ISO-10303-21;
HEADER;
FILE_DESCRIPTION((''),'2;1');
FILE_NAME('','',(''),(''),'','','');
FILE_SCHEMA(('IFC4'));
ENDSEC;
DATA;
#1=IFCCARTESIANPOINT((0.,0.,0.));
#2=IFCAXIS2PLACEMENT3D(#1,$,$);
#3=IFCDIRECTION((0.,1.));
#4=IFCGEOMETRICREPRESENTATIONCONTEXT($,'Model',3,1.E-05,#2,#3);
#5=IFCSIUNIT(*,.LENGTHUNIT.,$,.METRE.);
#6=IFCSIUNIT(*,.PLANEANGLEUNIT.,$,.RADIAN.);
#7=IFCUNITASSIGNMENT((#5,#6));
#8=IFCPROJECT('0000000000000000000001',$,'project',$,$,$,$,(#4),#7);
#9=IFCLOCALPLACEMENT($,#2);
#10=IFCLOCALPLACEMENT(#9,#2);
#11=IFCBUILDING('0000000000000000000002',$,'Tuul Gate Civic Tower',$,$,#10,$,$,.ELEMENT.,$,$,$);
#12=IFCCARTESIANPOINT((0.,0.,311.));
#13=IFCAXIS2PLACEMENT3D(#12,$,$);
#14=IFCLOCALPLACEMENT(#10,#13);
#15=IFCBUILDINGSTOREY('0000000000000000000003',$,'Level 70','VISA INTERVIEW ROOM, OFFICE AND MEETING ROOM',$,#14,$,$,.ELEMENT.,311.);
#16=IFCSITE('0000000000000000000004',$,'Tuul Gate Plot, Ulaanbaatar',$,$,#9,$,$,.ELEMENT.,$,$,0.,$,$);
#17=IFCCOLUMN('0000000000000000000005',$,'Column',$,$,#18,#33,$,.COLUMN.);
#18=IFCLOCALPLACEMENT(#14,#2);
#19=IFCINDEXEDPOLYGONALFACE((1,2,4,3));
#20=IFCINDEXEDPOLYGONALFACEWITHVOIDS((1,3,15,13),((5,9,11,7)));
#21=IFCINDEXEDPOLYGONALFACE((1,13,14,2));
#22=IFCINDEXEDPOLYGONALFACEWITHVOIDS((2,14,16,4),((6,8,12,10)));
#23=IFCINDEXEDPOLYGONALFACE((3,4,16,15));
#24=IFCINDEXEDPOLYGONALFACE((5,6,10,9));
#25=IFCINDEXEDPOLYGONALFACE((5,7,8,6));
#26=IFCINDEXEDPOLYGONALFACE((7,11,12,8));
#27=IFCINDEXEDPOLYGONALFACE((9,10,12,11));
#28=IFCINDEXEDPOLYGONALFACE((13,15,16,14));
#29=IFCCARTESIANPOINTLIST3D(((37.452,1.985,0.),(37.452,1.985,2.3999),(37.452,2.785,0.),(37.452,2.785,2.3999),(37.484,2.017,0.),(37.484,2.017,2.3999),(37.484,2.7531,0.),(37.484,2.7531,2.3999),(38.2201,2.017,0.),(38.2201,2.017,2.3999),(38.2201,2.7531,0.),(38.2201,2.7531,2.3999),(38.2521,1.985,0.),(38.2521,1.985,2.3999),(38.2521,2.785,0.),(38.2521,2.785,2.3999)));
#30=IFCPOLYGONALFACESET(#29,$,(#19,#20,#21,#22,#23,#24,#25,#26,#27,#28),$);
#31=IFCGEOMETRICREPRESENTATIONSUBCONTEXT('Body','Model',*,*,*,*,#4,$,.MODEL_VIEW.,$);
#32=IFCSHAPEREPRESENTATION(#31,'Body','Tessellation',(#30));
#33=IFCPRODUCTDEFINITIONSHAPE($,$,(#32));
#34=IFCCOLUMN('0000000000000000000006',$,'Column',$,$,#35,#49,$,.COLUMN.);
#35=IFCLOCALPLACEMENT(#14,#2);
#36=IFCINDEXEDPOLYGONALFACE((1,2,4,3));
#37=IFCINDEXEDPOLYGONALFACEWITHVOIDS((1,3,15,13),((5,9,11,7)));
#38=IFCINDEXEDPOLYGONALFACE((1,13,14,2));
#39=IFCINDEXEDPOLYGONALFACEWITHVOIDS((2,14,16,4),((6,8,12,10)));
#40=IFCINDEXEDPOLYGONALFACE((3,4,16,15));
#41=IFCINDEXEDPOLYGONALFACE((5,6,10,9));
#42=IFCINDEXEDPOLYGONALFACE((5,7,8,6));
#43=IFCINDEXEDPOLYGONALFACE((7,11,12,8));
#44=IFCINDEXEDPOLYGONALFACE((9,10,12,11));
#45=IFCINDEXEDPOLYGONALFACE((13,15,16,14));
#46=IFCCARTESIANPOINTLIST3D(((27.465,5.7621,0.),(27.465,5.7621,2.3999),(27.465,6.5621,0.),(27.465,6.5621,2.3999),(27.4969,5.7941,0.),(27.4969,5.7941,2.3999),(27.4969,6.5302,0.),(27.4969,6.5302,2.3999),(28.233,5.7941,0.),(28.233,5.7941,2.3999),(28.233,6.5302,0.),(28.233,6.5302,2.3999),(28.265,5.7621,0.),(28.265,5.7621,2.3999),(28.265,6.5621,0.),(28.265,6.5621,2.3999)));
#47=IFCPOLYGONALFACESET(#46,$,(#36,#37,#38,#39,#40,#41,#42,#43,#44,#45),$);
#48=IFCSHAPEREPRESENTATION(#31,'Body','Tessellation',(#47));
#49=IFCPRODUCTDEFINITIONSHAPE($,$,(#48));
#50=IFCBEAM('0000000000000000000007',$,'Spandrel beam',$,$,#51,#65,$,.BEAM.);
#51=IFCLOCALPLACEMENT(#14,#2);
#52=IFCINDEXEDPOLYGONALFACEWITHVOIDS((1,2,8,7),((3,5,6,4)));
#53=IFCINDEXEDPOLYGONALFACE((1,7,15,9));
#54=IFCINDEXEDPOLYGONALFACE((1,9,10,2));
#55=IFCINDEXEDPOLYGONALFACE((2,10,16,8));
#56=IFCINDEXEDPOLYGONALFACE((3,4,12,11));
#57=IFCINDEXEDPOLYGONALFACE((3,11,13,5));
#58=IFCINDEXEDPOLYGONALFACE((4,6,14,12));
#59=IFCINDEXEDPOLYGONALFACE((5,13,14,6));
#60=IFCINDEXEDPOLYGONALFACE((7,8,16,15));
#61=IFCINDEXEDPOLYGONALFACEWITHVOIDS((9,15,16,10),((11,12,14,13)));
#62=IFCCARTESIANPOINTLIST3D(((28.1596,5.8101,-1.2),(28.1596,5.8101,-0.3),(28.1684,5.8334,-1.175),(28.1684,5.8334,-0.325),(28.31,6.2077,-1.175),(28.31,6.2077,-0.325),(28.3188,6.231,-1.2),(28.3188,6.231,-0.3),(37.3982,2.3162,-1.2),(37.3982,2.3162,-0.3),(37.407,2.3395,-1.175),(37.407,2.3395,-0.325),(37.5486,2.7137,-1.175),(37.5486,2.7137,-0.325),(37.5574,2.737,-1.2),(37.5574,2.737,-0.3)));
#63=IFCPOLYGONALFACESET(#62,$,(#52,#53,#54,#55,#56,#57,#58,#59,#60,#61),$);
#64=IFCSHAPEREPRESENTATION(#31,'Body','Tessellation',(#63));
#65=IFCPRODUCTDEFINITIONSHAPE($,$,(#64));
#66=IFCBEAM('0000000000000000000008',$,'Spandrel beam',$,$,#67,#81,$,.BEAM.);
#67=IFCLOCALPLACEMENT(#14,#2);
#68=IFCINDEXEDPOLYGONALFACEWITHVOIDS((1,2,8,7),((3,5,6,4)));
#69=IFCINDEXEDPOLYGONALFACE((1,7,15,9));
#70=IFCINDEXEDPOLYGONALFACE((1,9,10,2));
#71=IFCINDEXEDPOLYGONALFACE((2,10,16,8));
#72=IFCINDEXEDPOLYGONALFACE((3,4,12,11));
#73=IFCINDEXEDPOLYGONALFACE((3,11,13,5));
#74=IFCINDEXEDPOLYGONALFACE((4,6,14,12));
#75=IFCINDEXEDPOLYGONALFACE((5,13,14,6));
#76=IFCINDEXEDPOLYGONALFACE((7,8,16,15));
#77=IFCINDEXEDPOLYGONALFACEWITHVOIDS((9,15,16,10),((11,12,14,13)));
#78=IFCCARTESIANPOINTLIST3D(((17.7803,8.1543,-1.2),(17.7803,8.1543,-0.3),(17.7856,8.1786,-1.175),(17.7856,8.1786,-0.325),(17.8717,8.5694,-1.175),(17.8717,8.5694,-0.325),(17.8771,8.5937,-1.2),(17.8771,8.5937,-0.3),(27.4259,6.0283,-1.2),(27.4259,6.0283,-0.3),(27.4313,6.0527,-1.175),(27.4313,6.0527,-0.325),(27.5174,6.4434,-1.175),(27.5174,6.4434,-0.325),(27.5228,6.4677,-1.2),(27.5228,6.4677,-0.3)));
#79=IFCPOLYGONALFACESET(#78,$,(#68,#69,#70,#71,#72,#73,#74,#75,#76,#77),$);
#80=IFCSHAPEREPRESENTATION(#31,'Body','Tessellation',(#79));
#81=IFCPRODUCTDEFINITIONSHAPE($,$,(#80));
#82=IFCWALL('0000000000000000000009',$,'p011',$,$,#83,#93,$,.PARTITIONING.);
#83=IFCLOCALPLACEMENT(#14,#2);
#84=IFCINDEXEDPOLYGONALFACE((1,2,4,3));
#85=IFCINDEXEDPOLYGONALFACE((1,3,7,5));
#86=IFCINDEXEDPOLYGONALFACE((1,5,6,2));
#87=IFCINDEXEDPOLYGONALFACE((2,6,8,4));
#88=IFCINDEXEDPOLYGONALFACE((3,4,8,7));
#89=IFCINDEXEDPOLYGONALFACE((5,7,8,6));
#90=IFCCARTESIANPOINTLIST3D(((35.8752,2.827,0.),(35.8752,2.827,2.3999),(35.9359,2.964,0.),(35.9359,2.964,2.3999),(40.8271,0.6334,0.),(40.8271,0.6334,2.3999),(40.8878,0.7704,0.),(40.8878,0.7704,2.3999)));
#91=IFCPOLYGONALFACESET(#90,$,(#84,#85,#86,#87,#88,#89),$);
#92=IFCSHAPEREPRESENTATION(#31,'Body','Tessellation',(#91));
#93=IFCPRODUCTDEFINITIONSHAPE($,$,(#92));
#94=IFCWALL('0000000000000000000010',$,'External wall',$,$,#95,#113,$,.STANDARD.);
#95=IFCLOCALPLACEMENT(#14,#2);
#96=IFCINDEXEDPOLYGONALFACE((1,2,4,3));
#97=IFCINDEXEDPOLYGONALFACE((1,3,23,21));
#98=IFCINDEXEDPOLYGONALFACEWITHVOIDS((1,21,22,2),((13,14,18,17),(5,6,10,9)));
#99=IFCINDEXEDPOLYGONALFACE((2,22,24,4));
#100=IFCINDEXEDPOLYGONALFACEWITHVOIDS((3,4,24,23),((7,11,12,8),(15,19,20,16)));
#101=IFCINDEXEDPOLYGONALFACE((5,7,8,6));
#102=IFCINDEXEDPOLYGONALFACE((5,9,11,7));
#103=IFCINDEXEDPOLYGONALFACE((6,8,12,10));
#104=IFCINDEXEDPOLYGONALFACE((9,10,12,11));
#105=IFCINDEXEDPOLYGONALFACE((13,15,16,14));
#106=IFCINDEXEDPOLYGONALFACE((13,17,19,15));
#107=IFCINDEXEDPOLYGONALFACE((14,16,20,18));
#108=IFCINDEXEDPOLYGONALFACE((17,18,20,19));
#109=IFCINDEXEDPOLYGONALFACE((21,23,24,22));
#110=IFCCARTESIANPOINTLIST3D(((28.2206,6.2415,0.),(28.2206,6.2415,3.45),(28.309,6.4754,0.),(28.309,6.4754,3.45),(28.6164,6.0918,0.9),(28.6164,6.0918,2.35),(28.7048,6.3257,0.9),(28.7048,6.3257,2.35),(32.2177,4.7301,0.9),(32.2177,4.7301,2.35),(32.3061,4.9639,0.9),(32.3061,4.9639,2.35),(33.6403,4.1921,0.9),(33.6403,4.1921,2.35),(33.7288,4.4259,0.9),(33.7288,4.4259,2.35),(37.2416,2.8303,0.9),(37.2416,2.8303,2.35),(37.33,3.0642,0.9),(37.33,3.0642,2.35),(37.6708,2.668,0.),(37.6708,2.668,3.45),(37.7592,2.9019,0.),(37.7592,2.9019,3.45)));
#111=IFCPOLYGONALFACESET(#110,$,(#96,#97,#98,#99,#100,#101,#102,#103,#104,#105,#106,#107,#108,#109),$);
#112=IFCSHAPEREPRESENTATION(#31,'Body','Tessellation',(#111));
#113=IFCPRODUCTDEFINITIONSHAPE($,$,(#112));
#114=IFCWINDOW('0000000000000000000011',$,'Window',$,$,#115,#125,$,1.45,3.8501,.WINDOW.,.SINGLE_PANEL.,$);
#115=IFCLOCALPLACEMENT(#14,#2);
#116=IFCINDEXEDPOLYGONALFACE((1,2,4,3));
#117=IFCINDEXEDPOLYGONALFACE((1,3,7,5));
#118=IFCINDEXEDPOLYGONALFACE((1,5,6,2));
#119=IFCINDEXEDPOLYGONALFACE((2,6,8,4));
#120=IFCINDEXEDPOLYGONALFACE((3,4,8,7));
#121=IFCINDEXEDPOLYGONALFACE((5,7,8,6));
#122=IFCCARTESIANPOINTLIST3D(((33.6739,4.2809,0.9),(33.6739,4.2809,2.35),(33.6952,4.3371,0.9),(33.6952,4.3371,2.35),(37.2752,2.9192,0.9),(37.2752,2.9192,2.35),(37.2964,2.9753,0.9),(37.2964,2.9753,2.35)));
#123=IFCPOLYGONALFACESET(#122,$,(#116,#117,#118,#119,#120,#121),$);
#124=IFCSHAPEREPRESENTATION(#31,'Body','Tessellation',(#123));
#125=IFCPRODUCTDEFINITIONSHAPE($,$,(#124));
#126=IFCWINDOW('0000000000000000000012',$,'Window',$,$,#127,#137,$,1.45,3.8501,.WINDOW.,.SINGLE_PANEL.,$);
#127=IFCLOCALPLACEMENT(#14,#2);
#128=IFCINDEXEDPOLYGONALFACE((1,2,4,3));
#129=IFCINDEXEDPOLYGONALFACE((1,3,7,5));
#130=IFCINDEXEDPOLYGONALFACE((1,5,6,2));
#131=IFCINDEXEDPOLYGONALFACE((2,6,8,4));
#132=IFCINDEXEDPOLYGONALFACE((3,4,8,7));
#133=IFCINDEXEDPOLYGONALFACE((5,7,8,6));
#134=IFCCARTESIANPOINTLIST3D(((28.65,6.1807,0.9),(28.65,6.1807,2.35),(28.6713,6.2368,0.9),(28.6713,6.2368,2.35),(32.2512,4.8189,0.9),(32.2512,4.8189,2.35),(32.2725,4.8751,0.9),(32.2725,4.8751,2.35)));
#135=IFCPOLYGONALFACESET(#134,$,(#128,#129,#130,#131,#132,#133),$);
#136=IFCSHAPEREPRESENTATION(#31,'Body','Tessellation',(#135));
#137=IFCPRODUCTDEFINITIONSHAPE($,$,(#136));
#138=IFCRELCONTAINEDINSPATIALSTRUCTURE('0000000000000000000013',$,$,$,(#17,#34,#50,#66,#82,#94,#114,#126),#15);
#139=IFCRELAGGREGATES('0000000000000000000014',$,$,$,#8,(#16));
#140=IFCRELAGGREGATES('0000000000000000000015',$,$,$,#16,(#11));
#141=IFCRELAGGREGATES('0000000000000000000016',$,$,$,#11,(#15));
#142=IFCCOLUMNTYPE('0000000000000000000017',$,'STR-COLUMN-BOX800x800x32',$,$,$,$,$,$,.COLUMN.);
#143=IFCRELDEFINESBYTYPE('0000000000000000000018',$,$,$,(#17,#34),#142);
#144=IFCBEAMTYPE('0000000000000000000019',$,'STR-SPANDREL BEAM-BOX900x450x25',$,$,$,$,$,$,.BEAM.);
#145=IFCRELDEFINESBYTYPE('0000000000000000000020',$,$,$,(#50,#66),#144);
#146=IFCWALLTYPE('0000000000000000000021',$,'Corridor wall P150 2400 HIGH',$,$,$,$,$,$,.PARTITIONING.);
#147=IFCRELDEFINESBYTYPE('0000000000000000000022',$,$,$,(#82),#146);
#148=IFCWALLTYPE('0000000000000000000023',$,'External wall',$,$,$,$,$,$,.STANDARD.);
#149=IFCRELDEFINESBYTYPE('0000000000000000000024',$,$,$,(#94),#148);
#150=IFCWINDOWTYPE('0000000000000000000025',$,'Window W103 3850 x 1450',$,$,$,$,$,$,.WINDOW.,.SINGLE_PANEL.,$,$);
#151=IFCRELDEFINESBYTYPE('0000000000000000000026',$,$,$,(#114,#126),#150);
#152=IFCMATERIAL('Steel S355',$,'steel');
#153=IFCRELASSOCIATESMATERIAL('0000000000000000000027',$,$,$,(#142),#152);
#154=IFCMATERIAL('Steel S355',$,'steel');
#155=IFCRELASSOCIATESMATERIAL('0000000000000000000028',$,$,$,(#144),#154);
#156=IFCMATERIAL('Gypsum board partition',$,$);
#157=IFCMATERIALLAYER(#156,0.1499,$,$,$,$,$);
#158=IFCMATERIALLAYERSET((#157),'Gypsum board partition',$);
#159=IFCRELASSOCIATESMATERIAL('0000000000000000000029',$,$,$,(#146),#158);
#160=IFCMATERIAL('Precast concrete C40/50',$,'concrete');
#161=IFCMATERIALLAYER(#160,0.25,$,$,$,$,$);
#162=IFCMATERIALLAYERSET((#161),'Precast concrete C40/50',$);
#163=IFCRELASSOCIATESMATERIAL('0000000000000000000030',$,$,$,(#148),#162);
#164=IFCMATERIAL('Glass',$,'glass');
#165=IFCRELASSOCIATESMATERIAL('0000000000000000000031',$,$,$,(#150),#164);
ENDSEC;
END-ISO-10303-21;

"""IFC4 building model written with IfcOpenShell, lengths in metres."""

from ifc_helpers import new_model, si_unit, direction, frame, frame_2d, origin, origin_2d, place, context, subcontext, project, spatial, rectangle, hollow_rectangle, extrude, material, layer, layer_set, material_profile, profile_set, type_object, element, fill, save


model = new_model("IFC4")

# Units and contexts
model_context = context("Model", 3, precision=1e-05, world=origin(), true_north=direction((0.0, 1.0)))
body_context = subcontext(model_context, "Body", "Model", "MODEL_VIEW")
ifc_project = project(units=[si_unit("LENGTHUNIT", "METRE"), si_unit("PLANEANGLEUNIT", "RADIAN")], contexts=[model_context])

# Site, building, storey
site_placement = place(None, origin())
site = spatial("IfcSite", under=ifc_project, at=site_placement, Name="Tuul Gate Plot, Ulaanbaatar", CompositionType="ELEMENT", RefElevation=0.0)
building_placement = place(site_placement, origin())
building = spatial("IfcBuilding", under=site, at=building_placement, Name="Tuul Gate Civic Tower", CompositionType="ELEMENT")
storey_placement = place(building_placement, frame((0.0, 0.0, 311.0)))
storey = spatial("IfcBuildingStorey", under=building, at=storey_placement, Name="Level 70", Description="VISA INTERVIEW ROOM, OFFICE AND MEETING ROOM", CompositionType="ELEMENT", Elevation=311.0)

# Columns
ifc_material_1 = material(Name="Steel S355", Category="steel")
ifc_material_profile_1 = material_profile(ifc_material_1, hollow_rectangle(XDim=0.8, YDim=0.8, WallThickness=0.032, at=origin_2d()), Name="BOX800x800x32")
ifc_profile_set_1 = profile_set([ifc_material_profile_1], Name="Steel S355")
column_type = type_object("IfcColumnType", Name="STR-COLUMN-BOX800x800x32", PredefinedType="COLUMN", material=ifc_profile_set_1)
for number, where, z_axis, x_axis, name in (
    (1, (37.8521, 2.385, 0.0), (0.0, 0.0, 1.0), (1.0, 0.0, 0.0), "Column"),
    (2, (27.865, 6.1621, 0.0), (0.0, 0.0, 1.0), (1.0, 0.0, 0.0), "Column"),
):
    element("IfcColumn", number, at=place(storey_placement, frame(where, z_axis=z_axis, x_axis=x_axis)), inside=storey, type_object=column_type, Name=name, PredefinedType="COLUMN", context=body_context, shape_type="SweptSolid", body=[
        extrude(hollow_rectangle(XDim=0.8, YDim=0.8, WallThickness=0.032, at=origin_2d()), origin(), (0.0, 0.0, 1.0), 2.3999),
    ])

# Beams
ifc_material_2 = material(Name="Steel S355", Category="steel")
ifc_material_profile_2 = material_profile(ifc_material_2, hollow_rectangle(XDim=0.45, YDim=0.8999, WallThickness=0.0249, at=origin_2d()), Name="BOX900x450x25")
ifc_profile_set_2 = profile_set([ifc_material_profile_2], Name="Steel S355")
beam_type = type_object("IfcBeamType", Name="STR-SPANDREL BEAM-BOX900x450x25", PredefinedType="BEAM", material=ifc_profile_set_2)
for number, where, z_axis, x_axis, name in (
    (3, (37.4778, 2.5266, -0.75), (-0.935345, 0.353736, 0.0), (-0.353736, -0.935345, 0.0), "Spandrel beam"),
    (4, (27.4744, 6.248, -0.75), (-0.976561, 0.215239, 0.0), (-0.215239, -0.976561, 0.0), "Spandrel beam"),
):
    element("IfcBeam", number, at=place(storey_placement, frame(where, z_axis=z_axis, x_axis=x_axis)), inside=storey, type_object=beam_type, Name=name, PredefinedType="BEAM", context=body_context, shape_type="SweptSolid", body=[
        extrude(hollow_rectangle(XDim=0.45, YDim=0.8999, WallThickness=0.0249, at=origin_2d()), origin(), (0.0, 0.0, 1.0), 9.8772),
    ])

# Wall
ifc_material_3 = material(Name="Gypsum board partition")
ifc_layer_1 = layer(ifc_material_3, 0.1499)
ifc_layer_set_1 = layer_set([ifc_layer_1], Name="Gypsum board partition")
wall_type_1 = type_object("IfcWallType", Name="Corridor wall P150 2400 HIGH", PredefinedType="PARTITIONING", material=ifc_layer_set_1)
wall_1_placement = place(storey_placement, frame((35.9055, 2.8955, 0.0), z_axis=(0.0, 0.0, 1.0), x_axis=(0.914307, -0.405021, 0.0)))
element("IfcWall", 5, at=wall_1_placement, inside=storey, type_object=wall_type_1, Name="p011", PredefinedType="PARTITIONING", context=body_context, shape_type="SweptSolid", body=[
    extrude(rectangle(XDim=5.416, YDim=0.1499, at=frame_2d((2.708, 0.0))), origin(), (0.0, 0.0, 1.0), 2.3999),
])

# Wall, openings, windows
ifc_material_4 = material(Name="Precast concrete C40/50", Category="concrete")
ifc_layer_2 = layer(ifc_material_4, 0.25)
ifc_layer_set_2 = layer_set([ifc_layer_2], Name="Precast concrete C40/50")
wall_type_2 = type_object("IfcWallType", Name="External wall", PredefinedType="STANDARD", material=ifc_layer_set_2)
wall_2_placement = place(storey_placement, frame((37.7151, 2.7849, 0.0), z_axis=(0.0, 0.0, 1.0), x_axis=(-0.93536, 0.353696, 0.0)))
wall_2 = element("IfcWall", 6, at=wall_2_placement, inside=storey, type_object=wall_type_2, Name="External wall", PredefinedType="STANDARD", context=body_context, shape_type="SweptSolid", body=[
    extrude(rectangle(XDim=10.1033, YDim=0.25, at=frame_2d((5.0518, 0.0))), origin(), (0.0, 0.0, 1.0), 3.45),
])
opening_1_placement = place(wall_2_placement, frame((0.459, 0.0, 0.8999)))
opening_1 = element("IfcOpeningElement", 7, at=opening_1_placement, cuts=wall_2, PredefinedType="OPENING", context=body_context, shape_type="SweptSolid", body=[
    extrude(rectangle(XDim=3.8501, YDim=1.45, at=frame_2d((1.925, 0.7251))), frame((0.0, 0.135, 0.0), z_axis=(0.0, -1.0, 0.0), x_axis=(1.0, 0.0, 0.0)), (0.0, 0.0, 1.0), 0.27),
])
opening_2_placement = place(wall_2_placement, frame((5.8301, 0.0, 0.8999)))
opening_2 = element("IfcOpeningElement", 8, at=opening_2_placement, cuts=wall_2, PredefinedType="OPENING", context=body_context, shape_type="SweptSolid", body=[
    extrude(rectangle(XDim=3.8501, YDim=1.45, at=frame_2d((1.925, 0.7251))), frame((0.0, 0.135, 0.0), z_axis=(0.0, -1.0, 0.0), x_axis=(1.0, 0.0, 0.0)), (0.0, 0.0, 1.0), 0.27),
])
ifc_material_5 = material(Name="Glass", Category="glass")
window_type_1 = type_object("IfcWindowType", Name="Window W103 3850 x 1450", PartitioningType="SINGLE_PANEL", PredefinedType="WINDOW", material=ifc_material_5)
window_1_placement = place(opening_1_placement, origin())
window_1 = element("IfcWindow", 9, at=window_1_placement, inside=storey, type_object=window_type_1, Name="Window", OverallHeight=1.45, OverallWidth=3.8501, PartitioningType="SINGLE_PANEL", PredefinedType="WINDOW", context=body_context, shape_type="SweptSolid", body=[
    extrude(rectangle(XDim=3.8501, YDim=1.45, at=frame_2d((1.925, 0.7251))), frame((0.0, 0.03, 0.0), z_axis=(0.0, -1.0, 0.0), x_axis=(1.0, 0.0, 0.0)), (0.0, 0.0, 1.0), 0.0601),
])
fill(opening_1, window_1)
window_2_placement = place(opening_2_placement, origin())
window_2 = element("IfcWindow", 10, at=window_2_placement, inside=storey, type_object=window_type_1, Name="Window", OverallHeight=1.45, OverallWidth=3.8501, PartitioningType="SINGLE_PANEL", PredefinedType="WINDOW", context=body_context, shape_type="SweptSolid", body=[
    extrude(rectangle(XDim=3.8501, YDim=1.45, at=frame_2d((1.925, 0.7251))), frame((0.0, 0.03, 0.0), z_axis=(0.0, -1.0, 0.0), x_axis=(1.0, 0.0, 0.0)), (0.0, 0.0, 1.0), 0.0601),
])
fill(opening_2, window_2)

save(model, "model.ifc")
